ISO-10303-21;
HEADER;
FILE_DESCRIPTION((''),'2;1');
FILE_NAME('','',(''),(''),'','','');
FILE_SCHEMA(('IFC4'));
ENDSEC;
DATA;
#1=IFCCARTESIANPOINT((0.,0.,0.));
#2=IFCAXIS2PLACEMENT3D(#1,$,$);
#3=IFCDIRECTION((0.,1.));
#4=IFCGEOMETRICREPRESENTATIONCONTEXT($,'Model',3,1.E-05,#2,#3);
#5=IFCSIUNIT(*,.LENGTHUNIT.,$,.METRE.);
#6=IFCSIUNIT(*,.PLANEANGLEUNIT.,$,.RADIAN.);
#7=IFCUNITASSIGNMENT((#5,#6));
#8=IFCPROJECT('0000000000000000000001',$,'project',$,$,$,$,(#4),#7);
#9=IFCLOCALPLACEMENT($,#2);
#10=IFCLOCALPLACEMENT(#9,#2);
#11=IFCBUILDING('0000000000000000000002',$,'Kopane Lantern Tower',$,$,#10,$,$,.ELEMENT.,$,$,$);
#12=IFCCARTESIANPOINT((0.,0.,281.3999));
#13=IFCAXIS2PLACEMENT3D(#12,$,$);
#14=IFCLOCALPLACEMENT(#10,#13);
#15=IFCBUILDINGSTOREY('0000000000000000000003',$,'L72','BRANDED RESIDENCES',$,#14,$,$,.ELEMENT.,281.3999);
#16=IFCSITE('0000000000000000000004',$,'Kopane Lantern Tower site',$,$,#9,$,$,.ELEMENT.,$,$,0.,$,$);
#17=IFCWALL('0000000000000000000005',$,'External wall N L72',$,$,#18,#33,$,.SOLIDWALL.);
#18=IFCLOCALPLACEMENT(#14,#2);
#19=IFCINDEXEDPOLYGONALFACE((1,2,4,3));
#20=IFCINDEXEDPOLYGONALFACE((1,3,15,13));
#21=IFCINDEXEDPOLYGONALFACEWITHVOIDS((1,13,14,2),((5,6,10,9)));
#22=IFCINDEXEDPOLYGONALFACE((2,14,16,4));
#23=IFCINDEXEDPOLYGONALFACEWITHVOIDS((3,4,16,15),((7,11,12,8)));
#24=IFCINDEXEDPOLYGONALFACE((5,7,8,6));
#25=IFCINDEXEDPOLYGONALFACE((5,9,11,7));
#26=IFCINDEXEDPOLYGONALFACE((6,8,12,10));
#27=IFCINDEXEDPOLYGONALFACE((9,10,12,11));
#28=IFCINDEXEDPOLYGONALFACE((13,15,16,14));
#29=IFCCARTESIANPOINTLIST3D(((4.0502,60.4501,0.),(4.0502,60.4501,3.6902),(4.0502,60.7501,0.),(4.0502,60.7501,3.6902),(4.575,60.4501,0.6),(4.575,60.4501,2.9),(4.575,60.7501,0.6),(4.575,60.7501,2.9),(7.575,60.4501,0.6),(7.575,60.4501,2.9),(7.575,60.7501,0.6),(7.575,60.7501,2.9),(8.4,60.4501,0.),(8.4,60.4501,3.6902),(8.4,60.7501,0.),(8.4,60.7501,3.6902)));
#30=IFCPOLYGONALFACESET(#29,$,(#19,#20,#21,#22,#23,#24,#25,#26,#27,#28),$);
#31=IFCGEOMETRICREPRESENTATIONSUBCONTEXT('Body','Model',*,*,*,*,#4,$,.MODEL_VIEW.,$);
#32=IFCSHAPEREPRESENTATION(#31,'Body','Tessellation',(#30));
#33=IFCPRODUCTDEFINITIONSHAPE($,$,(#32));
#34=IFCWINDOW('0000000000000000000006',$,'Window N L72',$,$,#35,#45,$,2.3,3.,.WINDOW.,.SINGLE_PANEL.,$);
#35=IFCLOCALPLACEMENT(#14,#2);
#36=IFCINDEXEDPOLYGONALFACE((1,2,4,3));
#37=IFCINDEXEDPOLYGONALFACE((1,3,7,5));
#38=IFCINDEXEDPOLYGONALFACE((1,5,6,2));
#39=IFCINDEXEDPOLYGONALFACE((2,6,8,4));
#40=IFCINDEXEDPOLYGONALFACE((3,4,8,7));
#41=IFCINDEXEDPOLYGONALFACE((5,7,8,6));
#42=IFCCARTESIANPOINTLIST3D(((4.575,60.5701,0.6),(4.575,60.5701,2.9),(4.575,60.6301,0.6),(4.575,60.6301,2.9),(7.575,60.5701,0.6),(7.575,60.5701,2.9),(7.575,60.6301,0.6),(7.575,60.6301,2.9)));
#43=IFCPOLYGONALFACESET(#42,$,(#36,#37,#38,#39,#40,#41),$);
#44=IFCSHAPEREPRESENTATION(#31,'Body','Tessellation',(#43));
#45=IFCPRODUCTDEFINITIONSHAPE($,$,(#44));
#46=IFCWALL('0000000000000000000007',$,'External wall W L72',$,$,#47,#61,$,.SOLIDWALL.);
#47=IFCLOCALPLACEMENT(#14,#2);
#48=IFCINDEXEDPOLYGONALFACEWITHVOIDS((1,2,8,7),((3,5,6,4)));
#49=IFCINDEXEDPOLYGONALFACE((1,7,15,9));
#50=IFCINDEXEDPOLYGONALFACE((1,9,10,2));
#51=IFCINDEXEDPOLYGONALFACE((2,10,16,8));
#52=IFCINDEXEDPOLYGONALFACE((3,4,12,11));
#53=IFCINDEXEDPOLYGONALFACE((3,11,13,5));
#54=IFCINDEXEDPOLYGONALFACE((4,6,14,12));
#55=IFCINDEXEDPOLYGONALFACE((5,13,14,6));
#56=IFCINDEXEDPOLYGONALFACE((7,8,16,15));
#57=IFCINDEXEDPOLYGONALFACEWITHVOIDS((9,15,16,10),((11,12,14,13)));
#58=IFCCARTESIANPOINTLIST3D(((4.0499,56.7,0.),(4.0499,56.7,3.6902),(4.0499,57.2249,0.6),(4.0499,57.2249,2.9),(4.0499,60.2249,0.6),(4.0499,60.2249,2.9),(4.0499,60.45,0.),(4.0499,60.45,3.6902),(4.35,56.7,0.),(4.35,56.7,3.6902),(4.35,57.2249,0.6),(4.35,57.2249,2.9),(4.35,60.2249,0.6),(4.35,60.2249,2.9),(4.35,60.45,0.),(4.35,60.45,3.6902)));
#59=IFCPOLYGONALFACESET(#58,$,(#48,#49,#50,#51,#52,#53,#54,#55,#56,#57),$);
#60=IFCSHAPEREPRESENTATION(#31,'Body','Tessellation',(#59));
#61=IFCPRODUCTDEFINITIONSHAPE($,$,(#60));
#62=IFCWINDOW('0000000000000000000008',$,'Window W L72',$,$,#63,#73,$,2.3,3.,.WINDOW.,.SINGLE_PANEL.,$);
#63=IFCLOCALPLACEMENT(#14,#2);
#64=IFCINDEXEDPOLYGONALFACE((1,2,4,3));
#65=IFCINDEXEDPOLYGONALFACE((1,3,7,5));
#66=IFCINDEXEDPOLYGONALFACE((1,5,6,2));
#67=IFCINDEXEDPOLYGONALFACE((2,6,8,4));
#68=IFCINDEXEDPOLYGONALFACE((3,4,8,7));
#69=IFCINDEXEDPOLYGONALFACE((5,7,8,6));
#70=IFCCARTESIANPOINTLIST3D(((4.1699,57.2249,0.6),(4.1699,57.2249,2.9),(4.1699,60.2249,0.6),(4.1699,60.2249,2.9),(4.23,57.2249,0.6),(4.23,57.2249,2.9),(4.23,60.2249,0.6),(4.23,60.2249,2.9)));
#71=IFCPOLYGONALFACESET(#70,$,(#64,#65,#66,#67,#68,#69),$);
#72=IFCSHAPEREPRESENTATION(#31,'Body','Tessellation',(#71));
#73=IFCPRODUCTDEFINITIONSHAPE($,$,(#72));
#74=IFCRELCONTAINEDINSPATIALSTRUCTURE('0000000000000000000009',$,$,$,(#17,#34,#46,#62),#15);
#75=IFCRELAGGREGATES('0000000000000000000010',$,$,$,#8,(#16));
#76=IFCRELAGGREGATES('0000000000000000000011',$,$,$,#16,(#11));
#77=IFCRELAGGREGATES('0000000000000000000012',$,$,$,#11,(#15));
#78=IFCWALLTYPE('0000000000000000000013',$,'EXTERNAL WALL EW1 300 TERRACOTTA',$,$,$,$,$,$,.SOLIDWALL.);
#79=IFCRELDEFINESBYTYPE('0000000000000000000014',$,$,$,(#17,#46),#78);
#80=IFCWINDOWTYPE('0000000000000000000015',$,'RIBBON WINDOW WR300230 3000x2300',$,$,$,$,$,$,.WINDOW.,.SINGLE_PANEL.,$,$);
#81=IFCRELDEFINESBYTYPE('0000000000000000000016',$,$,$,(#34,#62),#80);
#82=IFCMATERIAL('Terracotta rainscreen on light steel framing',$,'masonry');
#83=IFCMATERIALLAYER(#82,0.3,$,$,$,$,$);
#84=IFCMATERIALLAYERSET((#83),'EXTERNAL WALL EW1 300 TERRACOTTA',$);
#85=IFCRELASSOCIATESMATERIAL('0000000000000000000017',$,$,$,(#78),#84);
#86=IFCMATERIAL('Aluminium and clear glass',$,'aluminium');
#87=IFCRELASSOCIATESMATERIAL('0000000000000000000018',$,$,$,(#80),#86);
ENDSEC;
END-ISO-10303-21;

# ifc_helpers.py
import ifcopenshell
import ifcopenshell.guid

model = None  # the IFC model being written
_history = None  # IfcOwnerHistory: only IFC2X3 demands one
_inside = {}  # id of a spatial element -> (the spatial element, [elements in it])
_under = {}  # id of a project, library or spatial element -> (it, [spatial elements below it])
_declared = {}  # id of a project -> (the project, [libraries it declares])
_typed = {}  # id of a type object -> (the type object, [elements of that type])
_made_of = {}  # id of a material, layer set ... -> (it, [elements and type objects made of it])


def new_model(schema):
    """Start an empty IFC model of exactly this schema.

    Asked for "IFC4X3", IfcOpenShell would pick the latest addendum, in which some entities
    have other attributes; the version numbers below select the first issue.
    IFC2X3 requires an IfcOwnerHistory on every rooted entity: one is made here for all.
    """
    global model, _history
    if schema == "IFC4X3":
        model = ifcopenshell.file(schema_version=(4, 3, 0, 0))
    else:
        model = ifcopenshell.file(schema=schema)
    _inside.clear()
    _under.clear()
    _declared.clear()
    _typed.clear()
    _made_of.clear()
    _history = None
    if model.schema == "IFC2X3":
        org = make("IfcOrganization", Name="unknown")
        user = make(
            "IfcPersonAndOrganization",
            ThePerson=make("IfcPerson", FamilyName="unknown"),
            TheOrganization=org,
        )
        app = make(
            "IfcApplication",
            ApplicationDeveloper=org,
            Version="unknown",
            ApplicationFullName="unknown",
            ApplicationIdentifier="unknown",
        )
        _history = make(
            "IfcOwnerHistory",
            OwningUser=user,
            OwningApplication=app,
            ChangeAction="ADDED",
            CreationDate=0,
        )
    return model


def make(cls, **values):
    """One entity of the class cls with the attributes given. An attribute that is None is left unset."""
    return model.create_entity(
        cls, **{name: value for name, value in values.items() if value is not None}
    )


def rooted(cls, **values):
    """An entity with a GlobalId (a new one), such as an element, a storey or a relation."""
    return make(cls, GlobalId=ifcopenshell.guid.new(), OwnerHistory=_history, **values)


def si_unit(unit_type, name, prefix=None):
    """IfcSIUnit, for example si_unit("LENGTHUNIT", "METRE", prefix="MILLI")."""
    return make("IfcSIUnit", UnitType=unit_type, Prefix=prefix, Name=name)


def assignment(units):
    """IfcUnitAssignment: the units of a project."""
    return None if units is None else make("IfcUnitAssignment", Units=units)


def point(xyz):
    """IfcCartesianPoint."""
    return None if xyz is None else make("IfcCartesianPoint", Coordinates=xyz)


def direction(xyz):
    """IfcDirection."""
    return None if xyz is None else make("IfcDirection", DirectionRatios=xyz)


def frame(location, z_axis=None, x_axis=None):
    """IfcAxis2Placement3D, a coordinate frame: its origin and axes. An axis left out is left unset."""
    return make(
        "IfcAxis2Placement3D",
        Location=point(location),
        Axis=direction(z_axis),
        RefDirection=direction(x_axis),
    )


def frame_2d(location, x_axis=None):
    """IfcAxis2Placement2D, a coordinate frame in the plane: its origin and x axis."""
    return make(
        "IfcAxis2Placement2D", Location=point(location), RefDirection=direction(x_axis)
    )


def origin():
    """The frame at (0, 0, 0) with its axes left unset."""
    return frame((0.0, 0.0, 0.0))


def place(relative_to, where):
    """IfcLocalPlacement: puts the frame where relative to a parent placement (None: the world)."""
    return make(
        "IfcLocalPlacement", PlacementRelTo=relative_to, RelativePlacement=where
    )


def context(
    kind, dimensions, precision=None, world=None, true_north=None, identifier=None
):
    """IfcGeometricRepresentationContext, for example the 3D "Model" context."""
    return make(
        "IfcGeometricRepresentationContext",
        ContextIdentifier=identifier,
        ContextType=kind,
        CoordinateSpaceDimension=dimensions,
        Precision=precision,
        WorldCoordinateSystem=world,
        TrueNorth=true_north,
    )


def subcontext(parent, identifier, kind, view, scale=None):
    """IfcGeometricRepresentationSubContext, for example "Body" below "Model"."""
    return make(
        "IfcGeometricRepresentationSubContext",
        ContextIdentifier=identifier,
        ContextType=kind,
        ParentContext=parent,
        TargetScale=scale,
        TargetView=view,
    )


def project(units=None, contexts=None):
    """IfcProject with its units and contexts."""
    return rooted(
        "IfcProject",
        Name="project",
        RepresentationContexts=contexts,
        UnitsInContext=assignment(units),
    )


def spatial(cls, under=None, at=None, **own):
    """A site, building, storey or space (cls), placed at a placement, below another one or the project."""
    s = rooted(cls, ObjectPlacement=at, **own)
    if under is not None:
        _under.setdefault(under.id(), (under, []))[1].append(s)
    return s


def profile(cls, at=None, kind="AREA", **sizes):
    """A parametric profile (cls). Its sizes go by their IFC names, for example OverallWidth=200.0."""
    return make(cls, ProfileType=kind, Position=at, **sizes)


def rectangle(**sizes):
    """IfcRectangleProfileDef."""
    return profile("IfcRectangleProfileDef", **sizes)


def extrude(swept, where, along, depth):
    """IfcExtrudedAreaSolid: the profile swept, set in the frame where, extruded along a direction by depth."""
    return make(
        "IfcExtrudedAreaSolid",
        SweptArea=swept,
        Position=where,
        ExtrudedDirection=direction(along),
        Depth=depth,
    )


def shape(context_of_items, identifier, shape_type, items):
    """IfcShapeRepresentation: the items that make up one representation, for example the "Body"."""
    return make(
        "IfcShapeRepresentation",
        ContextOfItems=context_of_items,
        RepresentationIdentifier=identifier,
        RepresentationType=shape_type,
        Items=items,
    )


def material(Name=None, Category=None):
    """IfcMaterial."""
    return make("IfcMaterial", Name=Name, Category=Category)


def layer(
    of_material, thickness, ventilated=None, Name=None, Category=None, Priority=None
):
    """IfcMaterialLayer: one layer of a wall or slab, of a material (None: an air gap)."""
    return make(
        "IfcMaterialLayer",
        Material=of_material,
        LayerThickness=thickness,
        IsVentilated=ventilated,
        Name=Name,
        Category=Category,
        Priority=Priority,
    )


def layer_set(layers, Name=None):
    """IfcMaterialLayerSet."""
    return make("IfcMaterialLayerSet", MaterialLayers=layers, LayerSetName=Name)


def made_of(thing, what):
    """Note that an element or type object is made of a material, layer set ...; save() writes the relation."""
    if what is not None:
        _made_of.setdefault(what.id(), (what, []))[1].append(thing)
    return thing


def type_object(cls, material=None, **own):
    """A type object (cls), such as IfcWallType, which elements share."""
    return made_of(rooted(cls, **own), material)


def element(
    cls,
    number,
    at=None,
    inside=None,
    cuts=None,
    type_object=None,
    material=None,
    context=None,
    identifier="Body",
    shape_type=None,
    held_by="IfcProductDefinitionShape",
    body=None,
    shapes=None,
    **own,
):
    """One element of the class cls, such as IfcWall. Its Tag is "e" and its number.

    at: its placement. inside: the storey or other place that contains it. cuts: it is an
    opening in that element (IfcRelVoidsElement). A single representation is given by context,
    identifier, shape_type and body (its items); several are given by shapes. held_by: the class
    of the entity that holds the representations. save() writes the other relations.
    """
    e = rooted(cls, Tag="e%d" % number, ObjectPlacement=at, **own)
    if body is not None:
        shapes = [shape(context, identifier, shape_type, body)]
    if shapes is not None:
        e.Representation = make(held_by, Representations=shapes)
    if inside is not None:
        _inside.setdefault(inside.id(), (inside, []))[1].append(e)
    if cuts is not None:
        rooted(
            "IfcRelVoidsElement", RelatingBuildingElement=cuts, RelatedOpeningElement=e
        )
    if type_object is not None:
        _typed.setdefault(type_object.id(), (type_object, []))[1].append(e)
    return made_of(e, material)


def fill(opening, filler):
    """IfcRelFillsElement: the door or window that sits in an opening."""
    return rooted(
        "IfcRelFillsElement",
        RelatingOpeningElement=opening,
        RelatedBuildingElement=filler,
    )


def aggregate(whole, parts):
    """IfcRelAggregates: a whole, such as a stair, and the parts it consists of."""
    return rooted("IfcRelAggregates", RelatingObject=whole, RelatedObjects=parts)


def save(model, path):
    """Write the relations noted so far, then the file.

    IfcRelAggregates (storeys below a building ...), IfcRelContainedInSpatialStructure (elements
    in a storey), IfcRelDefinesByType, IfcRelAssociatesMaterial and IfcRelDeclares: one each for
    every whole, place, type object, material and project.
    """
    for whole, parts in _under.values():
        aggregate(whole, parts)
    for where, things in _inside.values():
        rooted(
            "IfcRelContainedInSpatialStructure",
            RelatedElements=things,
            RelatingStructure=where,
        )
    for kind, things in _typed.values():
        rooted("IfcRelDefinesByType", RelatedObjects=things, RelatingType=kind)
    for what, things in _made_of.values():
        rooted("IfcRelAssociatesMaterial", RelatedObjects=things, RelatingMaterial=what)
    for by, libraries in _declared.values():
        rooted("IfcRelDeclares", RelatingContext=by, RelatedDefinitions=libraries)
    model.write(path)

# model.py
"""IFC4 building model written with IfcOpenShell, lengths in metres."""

from ifc_helpers import new_model, si_unit, direction, frame, frame_2d, origin, place, context, subcontext, project, spatial, rectangle, extrude, material, layer, layer_set, type_object, element, fill, save


model = new_model("IFC4")

# Units and contexts
model_context = context("Model", 3, precision=1e-05, world=origin(), true_north=direction((0.0, 1.0)))
body_context = subcontext(model_context, "Body", "Model", "MODEL_VIEW")
ifc_project = project(units=[si_unit("LENGTHUNIT", "METRE"), si_unit("PLANEANGLEUNIT", "RADIAN")], contexts=[model_context])

# Site, building, storey
site_placement = place(None, origin())
site = spatial("IfcSite", under=ifc_project, at=site_placement, Name="Kopane Lantern Tower site", CompositionType="ELEMENT", RefElevation=0.0)
building_placement = place(site_placement, origin())
building = spatial("IfcBuilding", under=site, at=building_placement, Name="Kopane Lantern Tower", CompositionType="ELEMENT")
storey_placement = place(building_placement, frame((0.0, 0.0, 281.3999)))
storey = spatial("IfcBuildingStorey", under=building, at=storey_placement, Name="L72", Description="BRANDED RESIDENCES", CompositionType="ELEMENT", Elevation=281.3999)

# Walls, openings, windows
ifc_material_1 = material(Name="Terracotta rainscreen on light steel framing", Category="masonry")
ifc_layer_1 = layer(ifc_material_1, 0.3)
ifc_layer_set_1 = layer_set([ifc_layer_1], Name="EXTERNAL WALL EW1 300 TERRACOTTA")
wall_type_1 = type_object("IfcWallType", Name="EXTERNAL WALL EW1 300 TERRACOTTA", PredefinedType="SOLIDWALL", material=ifc_layer_set_1)
ifc_material_2 = material(Name="Aluminium and clear glass", Category="aluminium")
window_type = type_object("IfcWindowType", Name="RIBBON WINDOW WR300230 3000x2300", PartitioningType="SINGLE_PANEL", PredefinedType="WINDOW", material=ifc_material_2)
wall_1_placement = place(storey_placement, frame((8.3999, 60.6001, 0.0), z_axis=(0.0, 0.0, 1.0), x_axis=(-1.0, 0.0, 0.0)))
wall_1 = element("IfcWall", 1, at=wall_1_placement, inside=storey, type_object=wall_type_1, Name="External wall N L72", PredefinedType="SOLIDWALL", context=body_context, shape_type="SweptSolid", body=[
    extrude(rectangle(XDim=4.3499, YDim=0.3, at=frame_2d((2.1748, 0.0))), origin(), (0.0, 0.0, 1.0), 3.6902),
])
opening_1_placement = place(wall_1_placement, frame((0.825, 0.0, 0.6001)))
opening_1 = element("IfcOpeningElement", 2, at=opening_1_placement, cuts=wall_1, PredefinedType="OPENING", context=body_context, shape_type="SweptSolid", body=[
    extrude(rectangle(XDim=3.0, YDim=2.3, at=frame_2d((1.5, 1.1499))), frame((0.0, 0.1599, 0.0), z_axis=(0.0, -1.0, 0.0), x_axis=(1.0, 0.0, 0.0)), (0.0, 0.0, 1.0), 0.3201),
])
window_1_placement = place(opening_1_placement, origin())
window_1 = element("IfcWindow", 3, at=window_1_placement, inside=storey, type_object=window_type, Name="Window N L72", OverallHeight=2.3, OverallWidth=3.0, PartitioningType="SINGLE_PANEL", PredefinedType="WINDOW", context=body_context, shape_type="SweptSolid", body=[
    extrude(rectangle(XDim=3.0, YDim=2.3, at=frame_2d((1.5, 1.1499))), frame((0.0, 0.03, 0.0), z_axis=(0.0, -1.0, 0.0), x_axis=(1.0, 0.0, 0.0)), (0.0, 0.0, 1.0), 0.0601),
])
fill(opening_1, window_1)
wall_2_placement = place(storey_placement, frame((4.2, 60.45, 0.0), z_axis=(0.0, 0.0, 1.0), x_axis=(0.0, -1.0, 0.0)))
wall_2 = element("IfcWall", 4, at=wall_2_placement, inside=storey, type_object=wall_type_1, Name="External wall W L72", PredefinedType="SOLIDWALL", context=body_context, shape_type="SweptSolid", body=[
    extrude(rectangle(XDim=3.75, YDim=0.3, at=frame_2d((1.875, 0.0))), origin(), (0.0, 0.0, 1.0), 3.6902),
])
opening_2_placement = place(wall_2_placement, frame((0.2251, 0.0, 0.6001)))
opening_2 = element("IfcOpeningElement", 5, at=opening_2_placement, cuts=wall_2, PredefinedType="OPENING", context=body_context, shape_type="SweptSolid", body=[
    extrude(rectangle(XDim=3.0, YDim=2.3, at=frame_2d((1.5, 1.1499))), frame((0.0, 0.1599, 0.0), z_axis=(0.0, -1.0, 0.0), x_axis=(1.0, 0.0, 0.0)), (0.0, 0.0, 1.0), 0.3201),
])
window_2_placement = place(opening_2_placement, origin())
window_2 = element("IfcWindow", 6, at=window_2_placement, inside=storey, type_object=window_type, Name="Window W L72", OverallHeight=2.3, OverallWidth=3.0, PartitioningType="SINGLE_PANEL", PredefinedType="WINDOW", context=body_context, shape_type="SweptSolid", body=[
    extrude(rectangle(XDim=3.0, YDim=2.3, at=frame_2d((1.5, 1.1499))), frame((0.0, 0.03, 0.0), z_axis=(0.0, -1.0, 0.0), x_axis=(1.0, 0.0, 0.0)), (0.0, 0.0, 1.0), 0.0601),
])
fill(opening_2, window_2)

save(model, "model.ifc")
